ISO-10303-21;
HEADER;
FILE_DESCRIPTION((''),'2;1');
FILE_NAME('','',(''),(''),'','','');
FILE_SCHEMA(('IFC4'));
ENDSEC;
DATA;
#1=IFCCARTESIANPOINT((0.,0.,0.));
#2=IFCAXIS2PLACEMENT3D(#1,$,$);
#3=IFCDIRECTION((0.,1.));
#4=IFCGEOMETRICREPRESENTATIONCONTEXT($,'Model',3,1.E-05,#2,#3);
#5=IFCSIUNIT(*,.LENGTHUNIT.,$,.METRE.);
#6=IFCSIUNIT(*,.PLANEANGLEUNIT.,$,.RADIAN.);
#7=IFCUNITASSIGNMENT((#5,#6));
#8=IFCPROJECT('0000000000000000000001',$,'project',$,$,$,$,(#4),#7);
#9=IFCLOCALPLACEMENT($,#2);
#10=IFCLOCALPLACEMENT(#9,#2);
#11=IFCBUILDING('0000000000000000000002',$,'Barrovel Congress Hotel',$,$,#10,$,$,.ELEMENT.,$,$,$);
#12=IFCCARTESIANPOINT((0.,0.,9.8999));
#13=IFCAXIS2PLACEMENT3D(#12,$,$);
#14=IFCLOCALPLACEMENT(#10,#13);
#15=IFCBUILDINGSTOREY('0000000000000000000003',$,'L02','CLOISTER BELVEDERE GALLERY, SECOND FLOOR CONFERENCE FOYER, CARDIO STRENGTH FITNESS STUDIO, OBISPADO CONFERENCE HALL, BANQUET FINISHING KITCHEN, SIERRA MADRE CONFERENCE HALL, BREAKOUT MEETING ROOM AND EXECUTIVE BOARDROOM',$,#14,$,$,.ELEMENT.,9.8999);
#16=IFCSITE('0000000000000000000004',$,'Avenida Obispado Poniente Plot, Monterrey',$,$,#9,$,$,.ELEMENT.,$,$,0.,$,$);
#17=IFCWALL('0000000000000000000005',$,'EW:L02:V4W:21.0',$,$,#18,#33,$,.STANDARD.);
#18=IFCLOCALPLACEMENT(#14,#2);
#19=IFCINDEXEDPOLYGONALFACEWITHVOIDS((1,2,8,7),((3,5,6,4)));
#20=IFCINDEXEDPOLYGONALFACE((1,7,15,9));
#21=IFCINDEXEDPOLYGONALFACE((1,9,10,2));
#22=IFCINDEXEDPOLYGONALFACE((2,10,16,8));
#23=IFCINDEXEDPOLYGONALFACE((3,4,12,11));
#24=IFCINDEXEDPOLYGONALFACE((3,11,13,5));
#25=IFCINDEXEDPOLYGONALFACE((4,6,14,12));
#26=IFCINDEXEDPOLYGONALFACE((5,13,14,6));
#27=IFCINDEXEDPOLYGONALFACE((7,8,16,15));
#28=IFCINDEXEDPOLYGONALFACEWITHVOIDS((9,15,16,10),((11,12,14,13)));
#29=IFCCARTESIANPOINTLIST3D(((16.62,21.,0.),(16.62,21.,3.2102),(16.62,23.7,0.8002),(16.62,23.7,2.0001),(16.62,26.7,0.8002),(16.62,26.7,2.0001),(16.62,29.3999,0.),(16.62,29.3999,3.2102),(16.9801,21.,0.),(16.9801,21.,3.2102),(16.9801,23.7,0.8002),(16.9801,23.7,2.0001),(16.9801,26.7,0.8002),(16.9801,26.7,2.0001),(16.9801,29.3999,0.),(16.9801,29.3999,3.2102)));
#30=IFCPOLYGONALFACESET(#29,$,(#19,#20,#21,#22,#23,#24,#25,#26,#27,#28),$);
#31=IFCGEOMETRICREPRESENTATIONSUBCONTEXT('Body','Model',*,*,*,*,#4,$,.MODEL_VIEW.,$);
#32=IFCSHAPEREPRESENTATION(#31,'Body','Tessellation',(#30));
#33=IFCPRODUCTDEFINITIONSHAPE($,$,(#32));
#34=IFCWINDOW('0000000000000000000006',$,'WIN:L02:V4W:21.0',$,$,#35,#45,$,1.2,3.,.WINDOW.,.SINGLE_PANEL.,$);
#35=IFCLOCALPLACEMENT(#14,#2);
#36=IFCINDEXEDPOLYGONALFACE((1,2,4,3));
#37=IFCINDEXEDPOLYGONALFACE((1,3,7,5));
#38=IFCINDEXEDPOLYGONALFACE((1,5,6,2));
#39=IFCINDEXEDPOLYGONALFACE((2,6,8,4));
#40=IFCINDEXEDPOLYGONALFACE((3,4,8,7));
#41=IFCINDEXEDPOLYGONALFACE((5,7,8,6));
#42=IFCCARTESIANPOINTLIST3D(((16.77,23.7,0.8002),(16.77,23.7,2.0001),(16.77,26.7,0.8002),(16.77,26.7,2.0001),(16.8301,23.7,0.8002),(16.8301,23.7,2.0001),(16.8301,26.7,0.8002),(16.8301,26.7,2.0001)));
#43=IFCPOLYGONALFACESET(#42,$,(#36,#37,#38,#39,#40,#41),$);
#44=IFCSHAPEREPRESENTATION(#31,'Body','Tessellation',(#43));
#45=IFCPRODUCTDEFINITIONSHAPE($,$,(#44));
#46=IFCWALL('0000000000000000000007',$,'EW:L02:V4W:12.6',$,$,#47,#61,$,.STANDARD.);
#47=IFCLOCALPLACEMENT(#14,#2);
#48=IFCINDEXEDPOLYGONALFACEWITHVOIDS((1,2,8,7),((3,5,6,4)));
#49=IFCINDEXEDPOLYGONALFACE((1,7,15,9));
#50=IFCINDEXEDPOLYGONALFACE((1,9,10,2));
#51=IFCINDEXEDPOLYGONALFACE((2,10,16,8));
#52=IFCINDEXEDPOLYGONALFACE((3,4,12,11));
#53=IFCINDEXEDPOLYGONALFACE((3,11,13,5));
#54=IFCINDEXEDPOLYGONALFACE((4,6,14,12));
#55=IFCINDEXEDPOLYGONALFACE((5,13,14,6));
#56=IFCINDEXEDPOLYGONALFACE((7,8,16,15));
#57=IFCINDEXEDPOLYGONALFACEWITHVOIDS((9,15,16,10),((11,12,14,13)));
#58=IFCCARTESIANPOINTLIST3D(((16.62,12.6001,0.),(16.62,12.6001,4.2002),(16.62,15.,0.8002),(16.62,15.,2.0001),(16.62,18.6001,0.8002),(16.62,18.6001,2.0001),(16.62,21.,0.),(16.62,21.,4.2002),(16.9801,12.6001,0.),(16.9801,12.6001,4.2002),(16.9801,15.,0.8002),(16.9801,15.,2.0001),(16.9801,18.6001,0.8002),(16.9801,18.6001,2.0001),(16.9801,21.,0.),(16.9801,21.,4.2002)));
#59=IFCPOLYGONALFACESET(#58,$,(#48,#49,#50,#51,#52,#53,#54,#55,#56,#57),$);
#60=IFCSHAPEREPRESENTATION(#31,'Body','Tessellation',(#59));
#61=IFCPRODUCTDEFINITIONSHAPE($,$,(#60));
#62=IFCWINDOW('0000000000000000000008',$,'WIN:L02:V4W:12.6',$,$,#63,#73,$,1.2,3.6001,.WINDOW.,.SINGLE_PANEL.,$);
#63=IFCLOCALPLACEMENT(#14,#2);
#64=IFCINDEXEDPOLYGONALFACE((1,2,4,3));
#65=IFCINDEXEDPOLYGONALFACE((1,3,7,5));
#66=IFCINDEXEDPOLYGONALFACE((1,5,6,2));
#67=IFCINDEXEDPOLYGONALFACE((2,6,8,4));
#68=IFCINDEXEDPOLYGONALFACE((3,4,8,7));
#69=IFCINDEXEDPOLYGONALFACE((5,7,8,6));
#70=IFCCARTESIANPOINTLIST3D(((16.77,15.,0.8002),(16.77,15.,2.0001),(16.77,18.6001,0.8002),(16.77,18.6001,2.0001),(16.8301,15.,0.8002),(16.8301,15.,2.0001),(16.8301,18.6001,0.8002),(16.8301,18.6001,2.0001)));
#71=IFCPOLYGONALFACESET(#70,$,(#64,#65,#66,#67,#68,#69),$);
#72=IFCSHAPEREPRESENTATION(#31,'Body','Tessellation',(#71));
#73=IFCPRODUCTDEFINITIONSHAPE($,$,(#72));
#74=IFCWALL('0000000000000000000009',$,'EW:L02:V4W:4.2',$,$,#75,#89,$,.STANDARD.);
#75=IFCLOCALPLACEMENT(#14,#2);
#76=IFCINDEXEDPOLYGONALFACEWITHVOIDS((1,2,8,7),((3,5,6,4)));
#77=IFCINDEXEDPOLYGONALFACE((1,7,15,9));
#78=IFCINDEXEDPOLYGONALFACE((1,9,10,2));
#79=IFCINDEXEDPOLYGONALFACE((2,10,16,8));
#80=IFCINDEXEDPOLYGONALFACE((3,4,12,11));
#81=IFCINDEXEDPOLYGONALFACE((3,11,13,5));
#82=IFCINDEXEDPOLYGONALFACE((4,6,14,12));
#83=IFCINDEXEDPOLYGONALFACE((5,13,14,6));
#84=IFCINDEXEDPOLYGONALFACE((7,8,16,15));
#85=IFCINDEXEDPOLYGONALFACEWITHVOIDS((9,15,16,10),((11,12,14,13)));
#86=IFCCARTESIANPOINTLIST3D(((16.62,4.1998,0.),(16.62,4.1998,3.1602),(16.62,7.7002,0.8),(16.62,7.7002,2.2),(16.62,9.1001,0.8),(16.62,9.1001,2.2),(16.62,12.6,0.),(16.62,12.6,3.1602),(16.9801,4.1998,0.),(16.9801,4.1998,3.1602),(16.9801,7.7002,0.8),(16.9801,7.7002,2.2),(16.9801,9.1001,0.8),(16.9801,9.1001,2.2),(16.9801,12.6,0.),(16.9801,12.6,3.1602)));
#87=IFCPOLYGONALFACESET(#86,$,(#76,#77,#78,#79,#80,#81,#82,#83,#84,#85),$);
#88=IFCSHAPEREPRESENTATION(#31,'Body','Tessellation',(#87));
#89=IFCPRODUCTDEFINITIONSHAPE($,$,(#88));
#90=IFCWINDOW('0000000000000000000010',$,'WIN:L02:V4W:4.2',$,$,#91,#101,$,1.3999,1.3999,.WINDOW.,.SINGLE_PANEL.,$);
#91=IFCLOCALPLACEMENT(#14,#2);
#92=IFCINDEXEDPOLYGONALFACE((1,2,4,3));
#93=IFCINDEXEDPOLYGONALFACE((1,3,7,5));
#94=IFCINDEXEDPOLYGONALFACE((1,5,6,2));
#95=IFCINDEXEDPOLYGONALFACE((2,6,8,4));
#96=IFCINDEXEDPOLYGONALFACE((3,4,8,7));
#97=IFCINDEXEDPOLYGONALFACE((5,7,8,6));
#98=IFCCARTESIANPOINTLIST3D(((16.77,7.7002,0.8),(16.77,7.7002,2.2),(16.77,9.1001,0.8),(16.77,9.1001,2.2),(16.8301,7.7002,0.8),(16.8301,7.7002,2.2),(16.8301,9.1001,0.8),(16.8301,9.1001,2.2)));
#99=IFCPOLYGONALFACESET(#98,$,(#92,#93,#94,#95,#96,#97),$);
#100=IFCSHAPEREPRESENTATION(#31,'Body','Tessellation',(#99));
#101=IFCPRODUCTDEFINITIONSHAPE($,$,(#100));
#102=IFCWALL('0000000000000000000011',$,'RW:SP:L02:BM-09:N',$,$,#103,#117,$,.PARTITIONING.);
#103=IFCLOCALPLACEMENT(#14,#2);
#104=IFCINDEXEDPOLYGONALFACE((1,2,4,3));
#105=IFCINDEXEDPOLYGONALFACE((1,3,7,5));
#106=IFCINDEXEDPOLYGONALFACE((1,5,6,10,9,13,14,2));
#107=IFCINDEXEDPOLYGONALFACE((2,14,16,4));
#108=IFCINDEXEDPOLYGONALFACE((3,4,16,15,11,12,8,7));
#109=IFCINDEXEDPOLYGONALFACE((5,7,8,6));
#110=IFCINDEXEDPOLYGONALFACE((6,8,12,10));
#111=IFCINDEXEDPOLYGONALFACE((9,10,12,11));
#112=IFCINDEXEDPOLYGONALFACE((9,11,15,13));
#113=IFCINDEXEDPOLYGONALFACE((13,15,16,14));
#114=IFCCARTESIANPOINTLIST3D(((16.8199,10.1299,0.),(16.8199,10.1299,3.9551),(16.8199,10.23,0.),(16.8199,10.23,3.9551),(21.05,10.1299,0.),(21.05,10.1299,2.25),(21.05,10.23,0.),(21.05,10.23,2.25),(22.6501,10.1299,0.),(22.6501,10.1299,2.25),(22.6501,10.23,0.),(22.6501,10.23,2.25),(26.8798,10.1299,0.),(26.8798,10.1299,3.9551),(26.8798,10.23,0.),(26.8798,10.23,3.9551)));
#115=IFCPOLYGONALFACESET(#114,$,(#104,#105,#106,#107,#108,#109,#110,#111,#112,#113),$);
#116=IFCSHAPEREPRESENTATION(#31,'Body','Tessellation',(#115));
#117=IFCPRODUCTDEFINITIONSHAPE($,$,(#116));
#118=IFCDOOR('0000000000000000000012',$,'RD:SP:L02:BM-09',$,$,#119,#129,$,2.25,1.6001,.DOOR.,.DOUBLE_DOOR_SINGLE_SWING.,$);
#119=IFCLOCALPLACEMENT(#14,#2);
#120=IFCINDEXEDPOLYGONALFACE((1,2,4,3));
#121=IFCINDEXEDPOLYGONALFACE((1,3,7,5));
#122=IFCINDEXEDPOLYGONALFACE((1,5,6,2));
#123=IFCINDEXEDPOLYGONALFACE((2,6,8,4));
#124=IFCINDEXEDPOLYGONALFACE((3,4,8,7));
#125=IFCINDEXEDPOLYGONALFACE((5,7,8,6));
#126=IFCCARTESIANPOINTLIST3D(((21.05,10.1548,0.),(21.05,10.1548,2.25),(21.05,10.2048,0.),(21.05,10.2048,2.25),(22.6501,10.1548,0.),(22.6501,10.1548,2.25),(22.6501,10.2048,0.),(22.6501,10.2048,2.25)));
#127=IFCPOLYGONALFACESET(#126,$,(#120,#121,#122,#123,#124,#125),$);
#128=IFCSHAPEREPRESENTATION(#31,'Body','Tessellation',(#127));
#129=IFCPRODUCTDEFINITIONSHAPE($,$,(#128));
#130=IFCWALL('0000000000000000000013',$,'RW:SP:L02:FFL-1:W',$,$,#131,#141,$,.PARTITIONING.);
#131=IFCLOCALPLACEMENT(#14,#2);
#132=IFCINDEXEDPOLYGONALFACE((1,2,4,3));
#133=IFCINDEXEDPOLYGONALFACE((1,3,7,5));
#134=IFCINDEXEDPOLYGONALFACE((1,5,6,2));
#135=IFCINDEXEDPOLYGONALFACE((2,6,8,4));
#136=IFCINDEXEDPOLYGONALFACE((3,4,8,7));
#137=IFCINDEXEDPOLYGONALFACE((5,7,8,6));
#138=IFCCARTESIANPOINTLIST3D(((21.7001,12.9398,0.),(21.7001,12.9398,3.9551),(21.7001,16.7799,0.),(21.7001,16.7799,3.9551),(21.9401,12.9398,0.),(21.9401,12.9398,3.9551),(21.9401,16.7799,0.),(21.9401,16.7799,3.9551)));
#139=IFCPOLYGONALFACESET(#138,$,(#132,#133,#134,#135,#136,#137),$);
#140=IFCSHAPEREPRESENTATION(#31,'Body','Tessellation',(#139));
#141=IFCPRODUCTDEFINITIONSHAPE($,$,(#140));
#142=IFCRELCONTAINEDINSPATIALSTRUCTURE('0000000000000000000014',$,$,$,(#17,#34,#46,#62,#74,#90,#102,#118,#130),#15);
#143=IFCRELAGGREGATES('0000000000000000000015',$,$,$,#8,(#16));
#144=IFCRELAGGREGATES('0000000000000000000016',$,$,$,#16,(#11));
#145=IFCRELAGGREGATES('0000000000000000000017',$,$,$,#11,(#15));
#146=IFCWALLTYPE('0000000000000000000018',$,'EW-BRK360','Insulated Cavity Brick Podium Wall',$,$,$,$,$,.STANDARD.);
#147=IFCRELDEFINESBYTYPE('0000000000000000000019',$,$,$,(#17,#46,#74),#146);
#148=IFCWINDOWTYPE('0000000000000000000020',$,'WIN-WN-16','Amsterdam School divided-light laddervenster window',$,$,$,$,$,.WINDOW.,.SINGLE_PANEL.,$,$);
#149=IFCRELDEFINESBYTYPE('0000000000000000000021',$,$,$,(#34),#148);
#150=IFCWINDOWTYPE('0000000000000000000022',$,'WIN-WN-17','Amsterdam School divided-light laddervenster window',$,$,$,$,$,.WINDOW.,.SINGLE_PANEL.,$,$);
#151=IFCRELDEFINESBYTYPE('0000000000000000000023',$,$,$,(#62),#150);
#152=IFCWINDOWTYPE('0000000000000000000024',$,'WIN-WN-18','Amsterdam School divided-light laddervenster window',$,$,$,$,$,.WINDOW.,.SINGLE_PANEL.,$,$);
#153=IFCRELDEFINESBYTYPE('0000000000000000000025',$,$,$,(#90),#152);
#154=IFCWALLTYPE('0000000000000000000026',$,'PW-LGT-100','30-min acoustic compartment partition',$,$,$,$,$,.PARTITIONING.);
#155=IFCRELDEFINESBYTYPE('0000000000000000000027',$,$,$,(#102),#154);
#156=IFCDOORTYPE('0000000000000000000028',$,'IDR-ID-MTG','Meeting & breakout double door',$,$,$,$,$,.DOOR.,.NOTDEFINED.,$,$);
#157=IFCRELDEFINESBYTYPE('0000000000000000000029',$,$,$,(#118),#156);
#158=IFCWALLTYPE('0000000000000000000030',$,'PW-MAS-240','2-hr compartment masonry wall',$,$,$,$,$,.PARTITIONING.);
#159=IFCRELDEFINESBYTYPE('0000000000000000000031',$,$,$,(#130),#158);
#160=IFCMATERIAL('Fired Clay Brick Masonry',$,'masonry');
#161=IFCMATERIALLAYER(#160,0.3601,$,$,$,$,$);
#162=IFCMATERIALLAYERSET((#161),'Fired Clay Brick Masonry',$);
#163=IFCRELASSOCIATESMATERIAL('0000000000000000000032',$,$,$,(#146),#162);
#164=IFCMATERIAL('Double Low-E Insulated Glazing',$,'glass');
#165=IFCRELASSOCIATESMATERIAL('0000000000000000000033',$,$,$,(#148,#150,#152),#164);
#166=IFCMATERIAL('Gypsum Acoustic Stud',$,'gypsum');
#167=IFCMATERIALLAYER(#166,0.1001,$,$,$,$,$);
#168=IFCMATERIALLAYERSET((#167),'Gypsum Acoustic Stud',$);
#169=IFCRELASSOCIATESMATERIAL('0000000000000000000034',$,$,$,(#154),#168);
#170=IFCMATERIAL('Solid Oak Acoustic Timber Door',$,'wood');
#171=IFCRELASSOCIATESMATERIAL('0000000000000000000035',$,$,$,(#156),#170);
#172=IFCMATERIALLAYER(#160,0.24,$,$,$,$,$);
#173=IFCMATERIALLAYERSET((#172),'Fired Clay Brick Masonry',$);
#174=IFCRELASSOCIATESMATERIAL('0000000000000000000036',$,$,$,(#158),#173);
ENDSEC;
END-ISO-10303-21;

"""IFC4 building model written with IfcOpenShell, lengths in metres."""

from ifc_helpers import new_model, si_unit, direction, frame, frame_2d, origin, place, context, subcontext, project, spatial, rectangle, extrude, material, layer, layer_set, type_object, element, fill, save


model = new_model("IFC4")

# Units and contexts
model_context = context("Model", 3, precision=1e-05, world=origin(), true_north=direction((0.0, 1.0)))
body_context = subcontext(model_context, "Body", "Model", "MODEL_VIEW")
ifc_project = project(units=[si_unit("LENGTHUNIT", "METRE"), si_unit("PLANEANGLEUNIT", "RADIAN")], contexts=[model_context])

# Site, building, storey
site_placement = place(None, origin())
site = spatial("IfcSite", under=ifc_project, at=site_placement, Name="Avenida Obispado Poniente Plot, Monterrey", CompositionType="ELEMENT", RefElevation=0.0)
building_placement = place(site_placement, origin())
building = spatial("IfcBuilding", under=site, at=building_placement, Name="Barrovel Congress Hotel", CompositionType="ELEMENT")
storey_placement = place(building_placement, frame((0.0, 0.0, 9.8999)))
storey = spatial("IfcBuildingStorey", under=building, at=storey_placement, Name="L02", Description="CLOISTER BELVEDERE GALLERY, SECOND FLOOR CONFERENCE FOYER, CARDIO STRENGTH FITNESS STUDIO, OBISPADO CONFERENCE HALL, BANQUET FINISHING KITCHEN, SIERRA MADRE CONFERENCE HALL, BREAKOUT MEETING ROOM AND EXECUTIVE BOARDROOM", CompositionType="ELEMENT", Elevation=9.8999)

# Walls, openings, windows
ifc_material_1 = material(Name="Fired Clay Brick Masonry", Category="masonry")
ifc_layer_1 = layer(ifc_material_1, 0.3601)
ifc_layer_set_1 = layer_set([ifc_layer_1], Name="Fired Clay Brick Masonry")
wall_type_1 = type_object("IfcWallType", Name="EW-BRK360", Description="Insulated Cavity Brick Podium Wall", PredefinedType="STANDARD", material=ifc_layer_set_1)
ifc_material_2 = material(Name="Double Low-E Insulated Glazing", Category="glass")
wall_1_placement = place(storey_placement, frame((16.8, 29.3999, 0.0), z_axis=(0.0, 0.0, 1.0), x_axis=(0.0, -1.0, 0.0)))
wall_1 = element("IfcWall", 1, at=wall_1_placement, inside=storey, type_object=wall_type_1, Name="EW:L02:V4W:21.0", PredefinedType="STANDARD", context=body_context, shape_type="SweptSolid", body=[
    extrude(rectangle(XDim=8.3999, YDim=0.3601, at=frame_2d((4.2, 0.0))), origin(), (0.0, 0.0, 1.0), 3.2102),
])
opening_1_placement = place(wall_1_placement, frame((2.7, 0.0, 0.8)))
opening_1 = element("IfcOpeningElement", 2, at=opening_1_placement, cuts=wall_1, PredefinedType="OPENING", context=body_context, shape_type="SweptSolid", body=[
    extrude(rectangle(XDim=3.0, YDim=1.2, at=frame_2d((1.5, 0.6001))), frame((0.0, 0.1899, 0.0), z_axis=(0.0, -1.0, 0.0), x_axis=(1.0, 0.0, 0.0)), (0.0, 0.0, 1.0), 0.3801),
])
window_type_1 = type_object("IfcWindowType", Name="WIN-WN-16", Description="Amsterdam School divided-light laddervenster window", PartitioningType="SINGLE_PANEL", PredefinedType="WINDOW", material=ifc_material_2)
window_1_placement = place(opening_1_placement, origin())
window_1 = element("IfcWindow", 3, at=window_1_placement, inside=storey, type_object=window_type_1, Name="WIN:L02:V4W:21.0", OverallHeight=1.2, OverallWidth=3.0, PartitioningType="SINGLE_PANEL", PredefinedType="WINDOW", context=body_context, shape_type="SweptSolid", body=[
    extrude(rectangle(XDim=3.0, YDim=1.2, at=frame_2d((1.5, 0.6001))), frame((0.0, 0.03, 0.0), z_axis=(0.0, -1.0, 0.0), x_axis=(1.0, 0.0, 0.0)), (0.0, 0.0, 1.0), 0.0601),
])
fill(opening_1, window_1)
wall_2_placement = place(storey_placement, frame((16.8, 21.0, 0.0), z_axis=(0.0, 0.0, 1.0), x_axis=(0.0, -1.0, 0.0)))
wall_2 = element("IfcWall", 4, at=wall_2_placement, inside=storey, type_object=wall_type_1, Name="EW:L02:V4W:12.6", PredefinedType="STANDARD", context=body_context, shape_type="SweptSolid", body=[
    extrude(rectangle(XDim=8.3999, YDim=0.3601, at=frame_2d((4.2, 0.0))), origin(), (0.0, 0.0, 1.0), 4.2002),
])
opening_2_placement = place(wall_2_placement, frame((2.3999, 0.0, 0.8)))
opening_2 = element("IfcOpeningElement", 5, at=opening_2_placement, cuts=wall_2, PredefinedType="OPENING", context=body_context, shape_type="SweptSolid", body=[
    extrude(rectangle(XDim=3.6001, YDim=1.2, at=frame_2d((1.8, 0.6001))), frame((0.0, 0.1899, 0.0), z_axis=(0.0, -1.0, 0.0), x_axis=(1.0, 0.0, 0.0)), (0.0, 0.0, 1.0), 0.3801),
])
window_type_2 = type_object("IfcWindowType", Name="WIN-WN-17", Description="Amsterdam School divided-light laddervenster window", PartitioningType="SINGLE_PANEL", PredefinedType="WINDOW", material=ifc_material_2)
window_2_placement = place(opening_2_placement, origin())
window_2 = element("IfcWindow", 6, at=window_2_placement, inside=storey, type_object=window_type_2, Name="WIN:L02:V4W:12.6", OverallHeight=1.2, OverallWidth=3.6001, PartitioningType="SINGLE_PANEL", PredefinedType="WINDOW", context=body_context, shape_type="SweptSolid", body=[
    extrude(rectangle(XDim=3.6001, YDim=1.2, at=frame_2d((1.8, 0.6001))), frame((0.0, 0.03, 0.0), z_axis=(0.0, -1.0, 0.0), x_axis=(1.0, 0.0, 0.0)), (0.0, 0.0, 1.0), 0.0601),
])
fill(opening_2, window_2)
wall_3_placement = place(storey_placement, frame((16.8, 12.6001, 0.0), z_axis=(0.0, 0.0, 1.0), x_axis=(0.0, -1.0, 0.0)))
wall_3 = element("IfcWall", 7, at=wall_3_placement, inside=storey, type_object=wall_type_1, Name="EW:L02:V4W:4.2", PredefinedType="STANDARD", context=body_context, shape_type="SweptSolid", body=[
    extrude(rectangle(XDim=8.4001, YDim=0.3601, at=frame_2d((4.2002, 0.0))), origin(), (0.0, 0.0, 1.0), 3.1602),
])
opening_3_placement = place(wall_3_placement, frame((3.5, 0.0, 0.8)))
opening_3 = element("IfcOpeningElement", 8, at=opening_3_placement, cuts=wall_3, PredefinedType="OPENING", context=body_context, shape_type="SweptSolid", body=[
    extrude(rectangle(XDim=1.3999, YDim=1.3999, at=frame_2d((0.7, 0.7))), frame((0.0, 0.1899, 0.0), z_axis=(0.0, -1.0, 0.0), x_axis=(1.0, 0.0, 0.0)), (0.0, 0.0, 1.0), 0.3801),
])
window_type_3 = type_object("IfcWindowType", Name="WIN-WN-18", Description="Amsterdam School divided-light laddervenster window", PartitioningType="SINGLE_PANEL", PredefinedType="WINDOW", material=ifc_material_2)
window_3_placement = place(opening_3_placement, origin())
window_3 = element("IfcWindow", 9, at=window_3_placement, inside=storey, type_object=window_type_3, Name="WIN:L02:V4W:4.2", OverallHeight=1.3999, OverallWidth=1.3999, PartitioningType="SINGLE_PANEL", PredefinedType="WINDOW", context=body_context, shape_type="SweptSolid", body=[
    extrude(rectangle(XDim=1.3999, YDim=1.3999, at=frame_2d((0.7, 0.7))), frame((0.0, 0.03, 0.0), z_axis=(0.0, -1.0, 0.0), x_axis=(1.0, 0.0, 0.0)), (0.0, 0.0, 1.0), 0.0601),
])
fill(opening_3, window_3)

# Wall, opening, door
ifc_material_3 = material(Name="Gypsum Acoustic Stud", Category="gypsum")
ifc_layer_2 = layer(ifc_material_3, 0.1001)
ifc_layer_set_2 = layer_set([ifc_layer_2], Name="Gypsum Acoustic Stud")
wall_type_2 = type_object("IfcWallType", Name="PW-LGT-100", Description="30-min acoustic compartment partition", PredefinedType="PARTITIONING", material=ifc_layer_set_2)
wall_4_placement = place(storey_placement, frame((16.8201, 10.1799, 0.0), z_axis=(0.0, 0.0, 1.0), x_axis=(1.0, 0.0, 0.0)))
wall_4 = element("IfcWall", 10, at=wall_4_placement, inside=storey, type_object=wall_type_2, Name="RW:SP:L02:BM-09:N", PredefinedType="PARTITIONING", context=body_context, shape_type="SweptSolid", body=[
    extrude(rectangle(XDim=10.0598, YDim=0.1001, at=frame_2d((5.0298, 0.0))), origin(), (0.0, 0.0, 1.0), 3.9551),
])
opening_4_placement = place(wall_4_placement, frame((4.23, 0.0, 0.0)))
opening_4 = element("IfcOpeningElement", 11, at=opening_4_placement, cuts=wall_4, PredefinedType="OPENING", context=body_context, shape_type="SweptSolid", body=[
    extrude(rectangle(XDim=1.6001, YDim=2.25, at=frame_2d((0.8, 1.125))), frame((0.0, 0.0601, 0.0), z_axis=(0.0, -1.0, 0.0), x_axis=(1.0, 0.0, 0.0)), (0.0, 0.0, 1.0), 0.1201),
])
ifc_material_4 = material(Name="Solid Oak Acoustic Timber Door", Category="wood")
door_type_1 = type_object("IfcDoorType", Name="IDR-ID-MTG", Description="Meeting & breakout double door", OperationType="NOTDEFINED", PredefinedType="DOOR", material=ifc_material_4)
door_1_placement = place(opening_4_placement, origin())
door_1 = element("IfcDoor", 12, at=door_1_placement, inside=storey, type_object=door_type_1, Name="RD:SP:L02:BM-09", OperationType="DOUBLE_DOOR_SINGLE_SWING", OverallHeight=2.25, OverallWidth=1.6001, PredefinedType="DOOR", context=body_context, shape_type="SweptSolid", body=[
    extrude(rectangle(XDim=1.6001, YDim=2.25, at=frame_2d((0.8, 1.125))), frame((0.0, 0.0249, 0.0), z_axis=(0.0, -1.0, 0.0), x_axis=(1.0, 0.0, 0.0)), (0.0, 0.0, 1.0), 0.05),
])
fill(opening_4, door_1)
ifc_layer_3 = layer(ifc_material_1, 0.24)
ifc_layer_set_3 = layer_set([ifc_layer_3], Name="Fired Clay Brick Masonry")
wall_type_3 = type_object("IfcWallType", Name="PW-MAS-240", Description="2-hr compartment masonry wall", PredefinedType="PARTITIONING", material=ifc_layer_set_3)

# Wall
wall_5_placement = place(storey_placement, frame((21.8201, 12.9399, 0.0), z_axis=(0.0, 0.0, 1.0), x_axis=(0.0, 1.0, 0.0)))
element("IfcWall", 13, at=wall_5_placement, inside=storey, type_object=wall_type_3, Name="RW:SP:L02:FFL-1:W", PredefinedType="PARTITIONING", context=body_context, shape_type="SweptSolid", body=[
    extrude(rectangle(XDim=3.8401, YDim=0.24, at=frame_2d((1.9199, 0.0))), origin(), (0.0, 0.0, 1.0), 3.9551),
])

save(model, "model.ifc")
